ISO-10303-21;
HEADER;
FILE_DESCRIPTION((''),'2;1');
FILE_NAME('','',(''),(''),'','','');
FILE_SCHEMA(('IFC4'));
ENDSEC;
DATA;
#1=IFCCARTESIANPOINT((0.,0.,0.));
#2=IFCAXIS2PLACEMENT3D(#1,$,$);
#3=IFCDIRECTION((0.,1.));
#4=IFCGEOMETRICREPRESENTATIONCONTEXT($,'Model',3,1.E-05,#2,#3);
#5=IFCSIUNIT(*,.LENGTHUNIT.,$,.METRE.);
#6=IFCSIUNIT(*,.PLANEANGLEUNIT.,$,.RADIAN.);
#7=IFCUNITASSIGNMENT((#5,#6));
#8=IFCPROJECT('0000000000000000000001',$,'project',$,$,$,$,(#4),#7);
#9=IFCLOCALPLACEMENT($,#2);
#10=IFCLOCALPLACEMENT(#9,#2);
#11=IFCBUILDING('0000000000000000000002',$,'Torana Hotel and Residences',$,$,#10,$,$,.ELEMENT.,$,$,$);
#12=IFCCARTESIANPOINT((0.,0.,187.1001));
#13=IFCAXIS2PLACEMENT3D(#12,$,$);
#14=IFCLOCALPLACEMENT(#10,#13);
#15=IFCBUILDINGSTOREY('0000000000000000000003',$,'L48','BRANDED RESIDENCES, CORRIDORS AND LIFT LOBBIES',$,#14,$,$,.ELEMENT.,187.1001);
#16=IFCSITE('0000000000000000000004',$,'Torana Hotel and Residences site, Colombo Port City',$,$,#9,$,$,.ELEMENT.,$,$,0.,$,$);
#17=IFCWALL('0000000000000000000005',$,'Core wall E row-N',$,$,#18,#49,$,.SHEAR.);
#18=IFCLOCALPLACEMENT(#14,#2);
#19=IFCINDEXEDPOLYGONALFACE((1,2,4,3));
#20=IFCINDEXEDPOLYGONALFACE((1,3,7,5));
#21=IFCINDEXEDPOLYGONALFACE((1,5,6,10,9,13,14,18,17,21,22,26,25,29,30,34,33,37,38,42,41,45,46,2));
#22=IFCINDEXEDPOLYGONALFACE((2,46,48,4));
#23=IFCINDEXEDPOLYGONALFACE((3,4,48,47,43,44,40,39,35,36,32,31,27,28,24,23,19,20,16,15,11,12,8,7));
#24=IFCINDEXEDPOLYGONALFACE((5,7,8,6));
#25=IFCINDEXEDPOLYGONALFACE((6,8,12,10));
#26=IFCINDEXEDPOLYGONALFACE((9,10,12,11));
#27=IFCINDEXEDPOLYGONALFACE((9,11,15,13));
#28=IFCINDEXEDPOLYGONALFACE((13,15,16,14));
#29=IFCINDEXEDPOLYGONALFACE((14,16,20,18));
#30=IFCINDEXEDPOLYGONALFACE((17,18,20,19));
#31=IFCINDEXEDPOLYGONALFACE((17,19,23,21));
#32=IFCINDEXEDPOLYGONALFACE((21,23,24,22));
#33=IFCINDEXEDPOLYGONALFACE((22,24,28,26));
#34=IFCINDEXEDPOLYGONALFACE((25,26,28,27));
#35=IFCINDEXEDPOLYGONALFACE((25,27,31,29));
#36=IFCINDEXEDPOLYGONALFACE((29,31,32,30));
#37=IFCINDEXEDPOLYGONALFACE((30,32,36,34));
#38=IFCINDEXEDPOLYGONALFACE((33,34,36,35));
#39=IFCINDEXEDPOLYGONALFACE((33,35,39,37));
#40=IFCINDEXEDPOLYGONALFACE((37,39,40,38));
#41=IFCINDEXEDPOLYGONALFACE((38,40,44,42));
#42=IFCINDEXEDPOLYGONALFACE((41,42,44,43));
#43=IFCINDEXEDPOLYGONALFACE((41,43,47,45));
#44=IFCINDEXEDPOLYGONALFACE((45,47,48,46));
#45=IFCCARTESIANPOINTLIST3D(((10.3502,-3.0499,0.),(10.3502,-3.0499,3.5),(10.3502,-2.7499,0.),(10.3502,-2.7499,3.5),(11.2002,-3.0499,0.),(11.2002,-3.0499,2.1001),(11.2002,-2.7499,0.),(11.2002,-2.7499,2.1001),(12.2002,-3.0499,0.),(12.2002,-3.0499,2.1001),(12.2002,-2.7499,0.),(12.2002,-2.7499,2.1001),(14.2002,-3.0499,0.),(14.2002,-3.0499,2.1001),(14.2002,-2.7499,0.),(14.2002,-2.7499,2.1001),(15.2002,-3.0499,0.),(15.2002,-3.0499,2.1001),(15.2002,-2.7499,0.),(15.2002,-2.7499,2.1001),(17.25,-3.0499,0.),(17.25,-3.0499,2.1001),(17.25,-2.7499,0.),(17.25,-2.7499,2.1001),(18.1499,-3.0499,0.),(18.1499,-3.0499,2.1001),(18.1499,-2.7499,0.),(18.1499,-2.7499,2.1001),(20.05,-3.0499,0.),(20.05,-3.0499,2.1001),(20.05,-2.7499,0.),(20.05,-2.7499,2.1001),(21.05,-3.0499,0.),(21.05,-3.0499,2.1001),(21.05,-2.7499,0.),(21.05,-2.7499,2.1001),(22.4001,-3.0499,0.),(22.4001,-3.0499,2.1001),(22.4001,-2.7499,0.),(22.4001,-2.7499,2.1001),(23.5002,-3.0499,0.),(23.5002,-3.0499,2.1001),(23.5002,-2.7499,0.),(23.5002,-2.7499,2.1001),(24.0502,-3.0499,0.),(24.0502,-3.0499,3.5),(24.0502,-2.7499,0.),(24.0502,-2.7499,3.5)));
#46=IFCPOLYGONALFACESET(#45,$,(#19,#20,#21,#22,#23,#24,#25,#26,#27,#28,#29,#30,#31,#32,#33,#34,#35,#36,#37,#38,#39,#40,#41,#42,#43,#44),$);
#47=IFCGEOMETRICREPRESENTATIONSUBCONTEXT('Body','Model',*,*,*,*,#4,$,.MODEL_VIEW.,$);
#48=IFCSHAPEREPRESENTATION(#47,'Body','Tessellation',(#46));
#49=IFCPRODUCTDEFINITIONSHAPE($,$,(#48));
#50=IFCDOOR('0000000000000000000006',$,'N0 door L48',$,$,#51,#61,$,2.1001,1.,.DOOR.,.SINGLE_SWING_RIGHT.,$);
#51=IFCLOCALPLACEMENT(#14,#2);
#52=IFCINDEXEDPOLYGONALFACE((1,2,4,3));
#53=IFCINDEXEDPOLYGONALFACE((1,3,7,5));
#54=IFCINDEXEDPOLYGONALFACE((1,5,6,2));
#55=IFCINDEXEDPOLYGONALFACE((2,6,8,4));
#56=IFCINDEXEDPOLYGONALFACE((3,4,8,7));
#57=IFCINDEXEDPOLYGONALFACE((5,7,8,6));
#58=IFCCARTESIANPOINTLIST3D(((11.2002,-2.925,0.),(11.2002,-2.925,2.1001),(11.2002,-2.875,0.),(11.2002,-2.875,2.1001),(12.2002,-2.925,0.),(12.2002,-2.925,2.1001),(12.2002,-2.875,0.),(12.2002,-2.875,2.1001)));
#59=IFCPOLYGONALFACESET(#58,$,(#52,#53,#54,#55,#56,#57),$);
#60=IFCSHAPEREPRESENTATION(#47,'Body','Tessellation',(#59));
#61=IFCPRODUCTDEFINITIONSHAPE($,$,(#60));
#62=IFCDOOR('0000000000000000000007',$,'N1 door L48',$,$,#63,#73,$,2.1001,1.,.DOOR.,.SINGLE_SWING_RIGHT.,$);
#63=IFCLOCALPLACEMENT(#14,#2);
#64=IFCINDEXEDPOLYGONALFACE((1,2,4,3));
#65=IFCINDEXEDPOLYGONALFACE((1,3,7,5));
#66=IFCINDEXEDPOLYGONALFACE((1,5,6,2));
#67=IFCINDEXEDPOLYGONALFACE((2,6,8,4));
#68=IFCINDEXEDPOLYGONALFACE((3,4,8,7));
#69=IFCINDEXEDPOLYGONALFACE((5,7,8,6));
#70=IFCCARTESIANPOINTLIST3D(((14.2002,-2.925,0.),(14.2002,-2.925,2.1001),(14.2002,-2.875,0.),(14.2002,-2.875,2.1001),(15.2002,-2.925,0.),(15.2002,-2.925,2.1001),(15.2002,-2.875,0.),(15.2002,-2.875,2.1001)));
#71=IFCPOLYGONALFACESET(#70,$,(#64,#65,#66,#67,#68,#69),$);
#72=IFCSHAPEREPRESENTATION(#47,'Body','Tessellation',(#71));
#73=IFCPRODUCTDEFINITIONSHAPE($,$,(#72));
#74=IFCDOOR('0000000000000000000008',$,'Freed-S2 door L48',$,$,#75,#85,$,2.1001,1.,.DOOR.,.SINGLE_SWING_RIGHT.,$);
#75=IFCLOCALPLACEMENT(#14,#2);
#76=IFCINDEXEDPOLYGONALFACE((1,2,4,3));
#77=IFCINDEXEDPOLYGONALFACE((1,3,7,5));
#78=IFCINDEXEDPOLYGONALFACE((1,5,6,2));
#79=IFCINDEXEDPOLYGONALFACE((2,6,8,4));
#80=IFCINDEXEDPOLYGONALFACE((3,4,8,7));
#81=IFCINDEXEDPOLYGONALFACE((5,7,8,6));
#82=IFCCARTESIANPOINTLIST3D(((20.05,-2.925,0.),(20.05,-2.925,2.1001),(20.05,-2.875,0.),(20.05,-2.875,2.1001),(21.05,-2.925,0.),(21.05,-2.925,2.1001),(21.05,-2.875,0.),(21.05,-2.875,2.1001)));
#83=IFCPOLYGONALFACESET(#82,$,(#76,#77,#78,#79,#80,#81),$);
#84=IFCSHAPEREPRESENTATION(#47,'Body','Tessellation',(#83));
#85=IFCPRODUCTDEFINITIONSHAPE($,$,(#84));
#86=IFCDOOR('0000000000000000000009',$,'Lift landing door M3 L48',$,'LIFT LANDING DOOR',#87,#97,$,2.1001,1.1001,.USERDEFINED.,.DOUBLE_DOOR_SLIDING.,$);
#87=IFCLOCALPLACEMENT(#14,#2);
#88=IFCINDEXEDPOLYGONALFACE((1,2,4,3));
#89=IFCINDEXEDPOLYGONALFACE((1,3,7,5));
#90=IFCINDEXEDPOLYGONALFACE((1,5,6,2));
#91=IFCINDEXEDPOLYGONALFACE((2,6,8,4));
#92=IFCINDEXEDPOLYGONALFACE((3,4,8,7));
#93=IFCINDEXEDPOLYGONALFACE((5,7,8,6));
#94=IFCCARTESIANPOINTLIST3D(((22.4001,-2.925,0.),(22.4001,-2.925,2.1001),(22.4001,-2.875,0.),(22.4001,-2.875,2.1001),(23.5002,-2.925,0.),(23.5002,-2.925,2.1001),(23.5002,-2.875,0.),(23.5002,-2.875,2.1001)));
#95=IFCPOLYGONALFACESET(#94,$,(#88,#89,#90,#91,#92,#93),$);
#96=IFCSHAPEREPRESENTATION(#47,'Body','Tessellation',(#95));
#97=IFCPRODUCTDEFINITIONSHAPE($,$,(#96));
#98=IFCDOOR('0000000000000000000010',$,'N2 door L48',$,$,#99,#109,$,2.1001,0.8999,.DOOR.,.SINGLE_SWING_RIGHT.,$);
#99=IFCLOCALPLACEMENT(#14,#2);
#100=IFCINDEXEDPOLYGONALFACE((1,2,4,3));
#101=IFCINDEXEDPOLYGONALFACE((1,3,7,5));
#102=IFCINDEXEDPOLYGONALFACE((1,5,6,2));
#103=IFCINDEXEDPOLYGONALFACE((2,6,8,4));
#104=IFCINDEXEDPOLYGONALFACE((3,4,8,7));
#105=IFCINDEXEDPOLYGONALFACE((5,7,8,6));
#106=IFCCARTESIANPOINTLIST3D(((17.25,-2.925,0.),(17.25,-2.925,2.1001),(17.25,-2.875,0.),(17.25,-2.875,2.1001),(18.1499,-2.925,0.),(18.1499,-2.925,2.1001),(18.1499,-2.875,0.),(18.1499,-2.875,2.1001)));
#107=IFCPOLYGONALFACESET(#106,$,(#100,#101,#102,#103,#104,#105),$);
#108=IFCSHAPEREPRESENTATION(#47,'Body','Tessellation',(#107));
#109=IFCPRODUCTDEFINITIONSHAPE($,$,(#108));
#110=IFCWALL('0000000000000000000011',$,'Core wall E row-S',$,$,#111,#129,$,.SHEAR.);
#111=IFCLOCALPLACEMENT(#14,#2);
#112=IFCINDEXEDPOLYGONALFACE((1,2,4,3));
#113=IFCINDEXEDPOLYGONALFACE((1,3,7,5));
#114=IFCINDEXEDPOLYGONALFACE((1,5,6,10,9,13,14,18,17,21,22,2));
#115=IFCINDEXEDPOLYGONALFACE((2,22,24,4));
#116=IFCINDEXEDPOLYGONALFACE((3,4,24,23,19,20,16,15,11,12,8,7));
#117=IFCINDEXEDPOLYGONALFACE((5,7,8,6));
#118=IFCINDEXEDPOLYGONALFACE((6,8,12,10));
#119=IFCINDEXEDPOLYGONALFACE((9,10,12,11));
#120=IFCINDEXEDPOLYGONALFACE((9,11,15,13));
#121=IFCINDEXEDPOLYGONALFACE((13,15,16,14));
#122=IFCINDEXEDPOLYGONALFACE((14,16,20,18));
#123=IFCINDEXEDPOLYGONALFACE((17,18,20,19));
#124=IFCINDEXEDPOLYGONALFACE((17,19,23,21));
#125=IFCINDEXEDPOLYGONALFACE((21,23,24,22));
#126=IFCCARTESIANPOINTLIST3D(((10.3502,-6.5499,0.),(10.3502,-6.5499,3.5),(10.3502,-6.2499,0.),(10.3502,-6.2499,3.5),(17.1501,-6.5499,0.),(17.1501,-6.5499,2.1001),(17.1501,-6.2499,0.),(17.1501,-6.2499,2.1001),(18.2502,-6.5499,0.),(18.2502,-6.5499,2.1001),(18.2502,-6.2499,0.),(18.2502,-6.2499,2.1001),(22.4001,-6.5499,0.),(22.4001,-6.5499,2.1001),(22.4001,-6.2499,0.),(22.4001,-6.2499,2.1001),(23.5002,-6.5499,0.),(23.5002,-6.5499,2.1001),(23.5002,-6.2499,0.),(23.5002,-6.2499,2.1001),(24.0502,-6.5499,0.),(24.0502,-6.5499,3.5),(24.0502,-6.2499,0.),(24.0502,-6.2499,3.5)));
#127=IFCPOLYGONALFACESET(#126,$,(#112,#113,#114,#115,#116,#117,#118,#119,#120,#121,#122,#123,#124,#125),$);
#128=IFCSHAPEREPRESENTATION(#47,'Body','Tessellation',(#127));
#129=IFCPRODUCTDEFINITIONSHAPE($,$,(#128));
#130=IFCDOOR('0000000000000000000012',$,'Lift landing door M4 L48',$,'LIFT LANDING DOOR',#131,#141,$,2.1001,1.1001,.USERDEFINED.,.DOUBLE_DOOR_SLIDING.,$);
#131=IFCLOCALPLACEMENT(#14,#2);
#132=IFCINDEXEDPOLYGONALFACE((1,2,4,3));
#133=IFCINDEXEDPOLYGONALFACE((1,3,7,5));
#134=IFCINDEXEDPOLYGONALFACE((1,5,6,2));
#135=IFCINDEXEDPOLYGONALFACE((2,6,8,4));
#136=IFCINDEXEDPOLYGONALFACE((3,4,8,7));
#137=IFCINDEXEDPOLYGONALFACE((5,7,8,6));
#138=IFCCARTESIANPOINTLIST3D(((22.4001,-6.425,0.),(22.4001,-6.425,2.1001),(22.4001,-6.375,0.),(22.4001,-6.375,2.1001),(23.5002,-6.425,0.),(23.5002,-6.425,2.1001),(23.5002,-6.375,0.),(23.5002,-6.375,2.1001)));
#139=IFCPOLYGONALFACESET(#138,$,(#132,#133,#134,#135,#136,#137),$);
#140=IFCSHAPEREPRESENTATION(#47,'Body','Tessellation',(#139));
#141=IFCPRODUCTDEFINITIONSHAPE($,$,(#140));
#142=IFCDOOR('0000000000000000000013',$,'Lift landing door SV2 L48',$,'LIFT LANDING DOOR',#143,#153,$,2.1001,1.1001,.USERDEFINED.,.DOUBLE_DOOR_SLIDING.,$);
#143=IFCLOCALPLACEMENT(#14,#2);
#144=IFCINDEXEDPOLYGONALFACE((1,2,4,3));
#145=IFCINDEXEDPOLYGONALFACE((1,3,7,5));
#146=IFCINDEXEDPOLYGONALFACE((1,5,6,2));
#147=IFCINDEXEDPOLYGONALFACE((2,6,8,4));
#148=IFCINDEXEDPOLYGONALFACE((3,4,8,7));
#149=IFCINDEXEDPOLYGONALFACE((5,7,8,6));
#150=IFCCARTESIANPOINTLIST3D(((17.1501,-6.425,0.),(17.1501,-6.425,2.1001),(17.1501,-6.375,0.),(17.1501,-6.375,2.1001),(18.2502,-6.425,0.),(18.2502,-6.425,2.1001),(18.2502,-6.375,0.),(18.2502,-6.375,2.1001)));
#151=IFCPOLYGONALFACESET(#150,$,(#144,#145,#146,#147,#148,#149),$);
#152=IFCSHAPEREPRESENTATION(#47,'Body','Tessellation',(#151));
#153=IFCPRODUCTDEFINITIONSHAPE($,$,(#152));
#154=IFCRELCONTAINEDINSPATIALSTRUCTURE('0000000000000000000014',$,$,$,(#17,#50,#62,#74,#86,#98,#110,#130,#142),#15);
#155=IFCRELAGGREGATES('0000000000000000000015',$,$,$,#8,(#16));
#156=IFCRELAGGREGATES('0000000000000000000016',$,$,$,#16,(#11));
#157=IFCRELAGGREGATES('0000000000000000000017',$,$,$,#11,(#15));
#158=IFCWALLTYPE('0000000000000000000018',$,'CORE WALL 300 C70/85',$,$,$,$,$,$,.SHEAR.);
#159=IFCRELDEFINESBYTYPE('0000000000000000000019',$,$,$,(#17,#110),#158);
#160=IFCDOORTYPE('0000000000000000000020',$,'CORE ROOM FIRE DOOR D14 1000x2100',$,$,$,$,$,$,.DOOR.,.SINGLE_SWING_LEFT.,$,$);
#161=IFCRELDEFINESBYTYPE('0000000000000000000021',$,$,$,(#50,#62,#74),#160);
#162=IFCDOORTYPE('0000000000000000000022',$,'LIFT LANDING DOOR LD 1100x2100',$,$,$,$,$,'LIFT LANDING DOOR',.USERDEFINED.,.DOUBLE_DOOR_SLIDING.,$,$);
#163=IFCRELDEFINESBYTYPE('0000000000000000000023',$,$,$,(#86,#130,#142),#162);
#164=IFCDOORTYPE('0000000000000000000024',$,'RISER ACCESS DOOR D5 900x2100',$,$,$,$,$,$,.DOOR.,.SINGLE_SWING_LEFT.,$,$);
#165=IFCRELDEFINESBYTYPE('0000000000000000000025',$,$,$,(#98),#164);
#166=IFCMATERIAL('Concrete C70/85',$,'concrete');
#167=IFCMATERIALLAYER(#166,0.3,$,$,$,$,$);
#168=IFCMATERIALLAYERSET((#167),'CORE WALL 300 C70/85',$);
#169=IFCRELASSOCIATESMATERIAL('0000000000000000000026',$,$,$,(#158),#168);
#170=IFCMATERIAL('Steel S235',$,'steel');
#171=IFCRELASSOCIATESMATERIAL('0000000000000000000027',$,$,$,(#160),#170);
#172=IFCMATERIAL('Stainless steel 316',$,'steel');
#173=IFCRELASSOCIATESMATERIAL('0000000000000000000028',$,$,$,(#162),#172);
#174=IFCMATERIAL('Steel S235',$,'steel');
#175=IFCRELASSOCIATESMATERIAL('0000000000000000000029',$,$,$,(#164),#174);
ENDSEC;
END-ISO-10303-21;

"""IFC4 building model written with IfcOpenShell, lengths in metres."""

from ifc_helpers import new_model, si_unit, direction, frame, frame_2d, origin, place, context, subcontext, project, spatial, rectangle, extrude, material, layer, layer_set, type_object, element, fill, save


model = new_model("IFC4")

# Units and contexts
model_context = context("Model", 3, precision=1e-05, world=origin(), true_north=direction((0.0, 1.0)))
body_context = subcontext(model_context, "Body", "Model", "MODEL_VIEW")
ifc_project = project(units=[si_unit("LENGTHUNIT", "METRE"), si_unit("PLANEANGLEUNIT", "RADIAN")], contexts=[model_context])

# Site, building, storey
site_placement = place(None, origin())
site = spatial("IfcSite", under=ifc_project, at=site_placement, Name="Torana Hotel and Residences site, Colombo Port City", CompositionType="ELEMENT", RefElevation=0.0)
building_placement = place(site_placement, origin())
building = spatial("IfcBuilding", under=site, at=building_placement, Name="Torana Hotel and Residences", CompositionType="ELEMENT")
storey_placement = place(building_placement, frame((0.0, 0.0, 187.1001)))
storey = spatial("IfcBuildingStorey", under=building, at=storey_placement, Name="L48", Description="BRANDED RESIDENCES, CORRIDORS AND LIFT LOBBIES", CompositionType="ELEMENT", Elevation=187.1001)

# Walls, openings, doors
ifc_material_1 = material(Name="Concrete C70/85", Category="concrete")
ifc_layer_1 = layer(ifc_material_1, 0.3)
ifc_layer_set_1 = layer_set([ifc_layer_1], Name="CORE WALL 300 C70/85")
wall_type_1 = type_object("IfcWallType", Name="CORE WALL 300 C70/85", PredefinedType="SHEAR", material=ifc_layer_set_1)
wall_1_placement = place(storey_placement, frame((10.3501, -2.8999, 0.0), z_axis=(0.0, 0.0, 1.0), x_axis=(1.0, 0.0, 0.0)))
wall_1 = element("IfcWall", 1, at=wall_1_placement, inside=storey, type_object=wall_type_1, Name="Core wall E row-N", PredefinedType="SHEAR", context=body_context, shape_type="SweptSolid", body=[
    extrude(rectangle(XDim=13.7, YDim=0.3, at=frame_2d((6.8501, 0.0))), origin(), (0.0, 0.0, 1.0), 3.5),
])
opening_1_placement = place(wall_1_placement, frame((12.05, 0.0, 0.0)))
opening_1 = element("IfcOpeningElement", 2, at=opening_1_placement, cuts=wall_1, PredefinedType="OPENING", context=body_context, shape_type="SweptSolid", body=[
    extrude(rectangle(XDim=1.1001, YDim=2.1001, at=frame_2d((0.55, 1.05))), frame((0.0, 0.1599, 0.0), z_axis=(0.0, -1.0, 0.0), x_axis=(1.0, 0.0, 0.0)), (0.0, 0.0, 1.0), 0.3201),
])
opening_2_placement = place(wall_1_placement, frame((6.8999, 0.0, 0.0)))
opening_2 = element("IfcOpeningElement", 3, at=opening_2_placement, cuts=wall_1, PredefinedType="OPENING", context=body_context, shape_type="SweptSolid", body=[
    extrude(rectangle(XDim=0.8999, YDim=2.1001, at=frame_2d((0.45, 1.05))), frame((0.0, 0.1599, 0.0), z_axis=(0.0, -1.0, 0.0), x_axis=(1.0, 0.0, 0.0)), (0.0, 0.0, 1.0), 0.3201),
])
opening_3_placement = place(wall_1_placement, frame((0.8501, 0.0, 0.0)))
opening_3 = element("IfcOpeningElement", 4, at=opening_3_placement, cuts=wall_1, PredefinedType="OPENING", context=body_context, shape_type="SweptSolid", body=[
    extrude(rectangle(XDim=1.0, YDim=2.1001, at=frame_2d((0.5, 1.05))), frame((0.0, 0.1599, 0.0), z_axis=(0.0, -1.0, 0.0), x_axis=(1.0, 0.0, 0.0)), (0.0, 0.0, 1.0), 0.3201),
])
opening_4_placement = place(wall_1_placement, frame((3.8501, 0.0, 0.0)))
opening_4 = element("IfcOpeningElement", 5, at=opening_4_placement, cuts=wall_1, PredefinedType="OPENING", context=body_context, shape_type="SweptSolid", body=[
    extrude(rectangle(XDim=1.0, YDim=2.1001, at=frame_2d((0.5, 1.05))), frame((0.0, 0.1599, 0.0), z_axis=(0.0, -1.0, 0.0), x_axis=(1.0, 0.0, 0.0)), (0.0, 0.0, 1.0), 0.3201),
])
opening_5_placement = place(wall_1_placement, frame((9.7, 0.0, 0.0)))
opening_5 = element("IfcOpeningElement", 6, at=opening_5_placement, cuts=wall_1, PredefinedType="OPENING", context=body_context, shape_type="SweptSolid", body=[
    extrude(rectangle(XDim=1.0, YDim=2.1001, at=frame_2d((0.5, 1.05))), frame((0.0, 0.1599, 0.0), z_axis=(0.0, -1.0, 0.0), x_axis=(1.0, 0.0, 0.0)), (0.0, 0.0, 1.0), 0.3201),
])
ifc_material_2 = material(Name="Steel S235", Category="steel")
door_type_1 = type_object("IfcDoorType", Name="CORE ROOM FIRE DOOR D14 1000x2100", OperationType="SINGLE_SWING_LEFT", PredefinedType="DOOR", material=ifc_material_2)
door_1_placement = place(opening_3_placement, origin())
door_1 = element("IfcDoor", 7, at=door_1_placement, inside=storey, type_object=door_type_1, Name="N0 door L48", OperationType="SINGLE_SWING_RIGHT", OverallHeight=2.1001, OverallWidth=1.0, PredefinedType="DOOR", context=body_context, shape_type="SweptSolid", body=[
    extrude(rectangle(XDim=1.0, YDim=2.1001, at=frame_2d((0.5, 1.05))), frame((0.0, 0.0249, 0.0), z_axis=(0.0, -1.0, 0.0), x_axis=(1.0, 0.0, 0.0)), (0.0, 0.0, 1.0), 0.05),
])
fill(opening_3, door_1)
door_2_placement = place(opening_4_placement, origin())
door_2 = element("IfcDoor", 8, at=door_2_placement, inside=storey, type_object=door_type_1, Name="N1 door L48", OperationType="SINGLE_SWING_RIGHT", OverallHeight=2.1001, OverallWidth=1.0, PredefinedType="DOOR", context=body_context, shape_type="SweptSolid", body=[
    extrude(rectangle(XDim=1.0, YDim=2.1001, at=frame_2d((0.5, 1.05))), frame((0.0, 0.0249, 0.0), z_axis=(0.0, -1.0, 0.0), x_axis=(1.0, 0.0, 0.0)), (0.0, 0.0, 1.0), 0.05),
])
fill(opening_4, door_2)
door_3_placement = place(opening_5_placement, origin())
door_3 = element("IfcDoor", 9, at=door_3_placement, inside=storey, type_object=door_type_1, Name="Freed-S2 door L48", OperationType="SINGLE_SWING_RIGHT", OverallHeight=2.1001, OverallWidth=1.0, PredefinedType="DOOR", context=body_context, shape_type="SweptSolid", body=[
    extrude(rectangle(XDim=1.0, YDim=2.1001, at=frame_2d((0.5, 1.05))), frame((0.0, 0.0249, 0.0), z_axis=(0.0, -1.0, 0.0), x_axis=(1.0, 0.0, 0.0)), (0.0, 0.0, 1.0), 0.05),
])
fill(opening_5, door_3)
ifc_material_3 = material(Name="Stainless steel 316", Category="steel")
door_type_2 = type_object("IfcDoorType", Name="LIFT LANDING DOOR LD 1100x2100", ElementType="LIFT LANDING DOOR", OperationType="DOUBLE_DOOR_SLIDING", PredefinedType="USERDEFINED", material=ifc_material_3)
door_4_placement = place(opening_1_placement, origin())
door_4 = element("IfcDoor", 10, at=door_4_placement, inside=storey, type_object=door_type_2, Name="Lift landing door M3 L48", ObjectType="LIFT LANDING DOOR", OperationType="DOUBLE_DOOR_SLIDING", OverallHeight=2.1001, OverallWidth=1.1001, PredefinedType="USERDEFINED", context=body_context, shape_type="SweptSolid", body=[
    extrude(rectangle(XDim=1.1001, YDim=2.1001, at=frame_2d((0.55, 1.05))), frame((0.0, 0.0249, 0.0), z_axis=(0.0, -1.0, 0.0), x_axis=(1.0, 0.0, 0.0)), (0.0, 0.0, 1.0), 0.05),
])
fill(opening_1, door_4)
ifc_material_4 = material(Name="Steel S235", Category="steel")
door_type_3 = type_object("IfcDoorType", Name="RISER ACCESS DOOR D5 900x2100", OperationType="SINGLE_SWING_LEFT", PredefinedType="DOOR", material=ifc_material_4)
door_5_placement = place(opening_2_placement, origin())
door_5 = element("IfcDoor", 11, at=door_5_placement, inside=storey, type_object=door_type_3, Name="N2 door L48", OperationType="SINGLE_SWING_RIGHT", OverallHeight=2.1001, OverallWidth=0.8999, PredefinedType="DOOR", context=body_context, shape_type="SweptSolid", body=[
    extrude(rectangle(XDim=0.8999, YDim=2.1001, at=frame_2d((0.45, 1.05))), frame((0.0, 0.0249, 0.0), z_axis=(0.0, -1.0, 0.0), x_axis=(1.0, 0.0, 0.0)), (0.0, 0.0, 1.0), 0.05),
])
fill(opening_2, door_5)
wall_2_placement = place(storey_placement, frame((10.3501, -6.3999, 0.0), z_axis=(0.0, 0.0, 1.0), x_axis=(1.0, 0.0, 0.0)))
wall_2 = element("IfcWall", 12, at=wall_2_placement, inside=storey, type_object=wall_type_1, Name="Core wall E row-S", PredefinedType="SHEAR", context=body_context, shape_type="SweptSolid", body=[
    extrude(rectangle(XDim=13.7, YDim=0.3, at=frame_2d((6.8501, 0.0))), origin(), (0.0, 0.0, 1.0), 3.5),
])
opening_6_placement = place(wall_2_placement, frame((12.05, 0.0, 0.0)))
opening_6 = element("IfcOpeningElement", 13, at=opening_6_placement, cuts=wall_2, PredefinedType="OPENING", context=body_context, shape_type="SweptSolid", body=[
    extrude(rectangle(XDim=1.1001, YDim=2.1001, at=frame_2d((0.55, 1.05))), frame((0.0, 0.1599, 0.0), z_axis=(0.0, -1.0, 0.0), x_axis=(1.0, 0.0, 0.0)), (0.0, 0.0, 1.0), 0.3201),
])
opening_7_placement = place(wall_2_placement, frame((6.8, 0.0, 0.0)))
opening_7 = element("IfcOpeningElement", 14, at=opening_7_placement, cuts=wall_2, PredefinedType="OPENING", context=body_context, shape_type="SweptSolid", body=[
    extrude(rectangle(XDim=1.1001, YDim=2.1001, at=frame_2d((0.55, 1.05))), frame((0.0, 0.1599, 0.0), z_axis=(0.0, -1.0, 0.0), x_axis=(1.0, 0.0, 0.0)), (0.0, 0.0, 1.0), 0.3201),
])
door_6_placement = place(opening_6_placement, origin())
door_6 = element("IfcDoor", 15, at=door_6_placement, inside=storey, type_object=door_type_2, Name="Lift landing door M4 L48", ObjectType="LIFT LANDING DOOR", OperationType="DOUBLE_DOOR_SLIDING", OverallHeight=2.1001, OverallWidth=1.1001, PredefinedType="USERDEFINED", context=body_context, shape_type="SweptSolid", body=[
    extrude(rectangle(XDim=1.1001, YDim=2.1001, at=frame_2d((0.55, 1.05))), frame((0.0, 0.0249, 0.0), z_axis=(0.0, -1.0, 0.0), x_axis=(1.0, 0.0, 0.0)), (0.0, 0.0, 1.0), 0.05),
])
fill(opening_6, door_6)
door_7_placement = place(opening_7_placement, origin())
door_7 = element("IfcDoor", 16, at=door_7_placement, inside=storey, type_object=door_type_2, Name="Lift landing door SV2 L48", ObjectType="LIFT LANDING DOOR", OperationType="DOUBLE_DOOR_SLIDING", OverallHeight=2.1001, OverallWidth=1.1001, PredefinedType="USERDEFINED", context=body_context, shape_type="SweptSolid", body=[
    extrude(rectangle(XDim=1.1001, YDim=2.1001, at=frame_2d((0.55, 1.05))), frame((0.0, 0.0249, 0.0), z_axis=(0.0, -1.0, 0.0), x_axis=(1.0, 0.0, 0.0)), (0.0, 0.0, 1.0), 0.05),
])
fill(opening_7, door_7)

save(model, "model.ifc")
